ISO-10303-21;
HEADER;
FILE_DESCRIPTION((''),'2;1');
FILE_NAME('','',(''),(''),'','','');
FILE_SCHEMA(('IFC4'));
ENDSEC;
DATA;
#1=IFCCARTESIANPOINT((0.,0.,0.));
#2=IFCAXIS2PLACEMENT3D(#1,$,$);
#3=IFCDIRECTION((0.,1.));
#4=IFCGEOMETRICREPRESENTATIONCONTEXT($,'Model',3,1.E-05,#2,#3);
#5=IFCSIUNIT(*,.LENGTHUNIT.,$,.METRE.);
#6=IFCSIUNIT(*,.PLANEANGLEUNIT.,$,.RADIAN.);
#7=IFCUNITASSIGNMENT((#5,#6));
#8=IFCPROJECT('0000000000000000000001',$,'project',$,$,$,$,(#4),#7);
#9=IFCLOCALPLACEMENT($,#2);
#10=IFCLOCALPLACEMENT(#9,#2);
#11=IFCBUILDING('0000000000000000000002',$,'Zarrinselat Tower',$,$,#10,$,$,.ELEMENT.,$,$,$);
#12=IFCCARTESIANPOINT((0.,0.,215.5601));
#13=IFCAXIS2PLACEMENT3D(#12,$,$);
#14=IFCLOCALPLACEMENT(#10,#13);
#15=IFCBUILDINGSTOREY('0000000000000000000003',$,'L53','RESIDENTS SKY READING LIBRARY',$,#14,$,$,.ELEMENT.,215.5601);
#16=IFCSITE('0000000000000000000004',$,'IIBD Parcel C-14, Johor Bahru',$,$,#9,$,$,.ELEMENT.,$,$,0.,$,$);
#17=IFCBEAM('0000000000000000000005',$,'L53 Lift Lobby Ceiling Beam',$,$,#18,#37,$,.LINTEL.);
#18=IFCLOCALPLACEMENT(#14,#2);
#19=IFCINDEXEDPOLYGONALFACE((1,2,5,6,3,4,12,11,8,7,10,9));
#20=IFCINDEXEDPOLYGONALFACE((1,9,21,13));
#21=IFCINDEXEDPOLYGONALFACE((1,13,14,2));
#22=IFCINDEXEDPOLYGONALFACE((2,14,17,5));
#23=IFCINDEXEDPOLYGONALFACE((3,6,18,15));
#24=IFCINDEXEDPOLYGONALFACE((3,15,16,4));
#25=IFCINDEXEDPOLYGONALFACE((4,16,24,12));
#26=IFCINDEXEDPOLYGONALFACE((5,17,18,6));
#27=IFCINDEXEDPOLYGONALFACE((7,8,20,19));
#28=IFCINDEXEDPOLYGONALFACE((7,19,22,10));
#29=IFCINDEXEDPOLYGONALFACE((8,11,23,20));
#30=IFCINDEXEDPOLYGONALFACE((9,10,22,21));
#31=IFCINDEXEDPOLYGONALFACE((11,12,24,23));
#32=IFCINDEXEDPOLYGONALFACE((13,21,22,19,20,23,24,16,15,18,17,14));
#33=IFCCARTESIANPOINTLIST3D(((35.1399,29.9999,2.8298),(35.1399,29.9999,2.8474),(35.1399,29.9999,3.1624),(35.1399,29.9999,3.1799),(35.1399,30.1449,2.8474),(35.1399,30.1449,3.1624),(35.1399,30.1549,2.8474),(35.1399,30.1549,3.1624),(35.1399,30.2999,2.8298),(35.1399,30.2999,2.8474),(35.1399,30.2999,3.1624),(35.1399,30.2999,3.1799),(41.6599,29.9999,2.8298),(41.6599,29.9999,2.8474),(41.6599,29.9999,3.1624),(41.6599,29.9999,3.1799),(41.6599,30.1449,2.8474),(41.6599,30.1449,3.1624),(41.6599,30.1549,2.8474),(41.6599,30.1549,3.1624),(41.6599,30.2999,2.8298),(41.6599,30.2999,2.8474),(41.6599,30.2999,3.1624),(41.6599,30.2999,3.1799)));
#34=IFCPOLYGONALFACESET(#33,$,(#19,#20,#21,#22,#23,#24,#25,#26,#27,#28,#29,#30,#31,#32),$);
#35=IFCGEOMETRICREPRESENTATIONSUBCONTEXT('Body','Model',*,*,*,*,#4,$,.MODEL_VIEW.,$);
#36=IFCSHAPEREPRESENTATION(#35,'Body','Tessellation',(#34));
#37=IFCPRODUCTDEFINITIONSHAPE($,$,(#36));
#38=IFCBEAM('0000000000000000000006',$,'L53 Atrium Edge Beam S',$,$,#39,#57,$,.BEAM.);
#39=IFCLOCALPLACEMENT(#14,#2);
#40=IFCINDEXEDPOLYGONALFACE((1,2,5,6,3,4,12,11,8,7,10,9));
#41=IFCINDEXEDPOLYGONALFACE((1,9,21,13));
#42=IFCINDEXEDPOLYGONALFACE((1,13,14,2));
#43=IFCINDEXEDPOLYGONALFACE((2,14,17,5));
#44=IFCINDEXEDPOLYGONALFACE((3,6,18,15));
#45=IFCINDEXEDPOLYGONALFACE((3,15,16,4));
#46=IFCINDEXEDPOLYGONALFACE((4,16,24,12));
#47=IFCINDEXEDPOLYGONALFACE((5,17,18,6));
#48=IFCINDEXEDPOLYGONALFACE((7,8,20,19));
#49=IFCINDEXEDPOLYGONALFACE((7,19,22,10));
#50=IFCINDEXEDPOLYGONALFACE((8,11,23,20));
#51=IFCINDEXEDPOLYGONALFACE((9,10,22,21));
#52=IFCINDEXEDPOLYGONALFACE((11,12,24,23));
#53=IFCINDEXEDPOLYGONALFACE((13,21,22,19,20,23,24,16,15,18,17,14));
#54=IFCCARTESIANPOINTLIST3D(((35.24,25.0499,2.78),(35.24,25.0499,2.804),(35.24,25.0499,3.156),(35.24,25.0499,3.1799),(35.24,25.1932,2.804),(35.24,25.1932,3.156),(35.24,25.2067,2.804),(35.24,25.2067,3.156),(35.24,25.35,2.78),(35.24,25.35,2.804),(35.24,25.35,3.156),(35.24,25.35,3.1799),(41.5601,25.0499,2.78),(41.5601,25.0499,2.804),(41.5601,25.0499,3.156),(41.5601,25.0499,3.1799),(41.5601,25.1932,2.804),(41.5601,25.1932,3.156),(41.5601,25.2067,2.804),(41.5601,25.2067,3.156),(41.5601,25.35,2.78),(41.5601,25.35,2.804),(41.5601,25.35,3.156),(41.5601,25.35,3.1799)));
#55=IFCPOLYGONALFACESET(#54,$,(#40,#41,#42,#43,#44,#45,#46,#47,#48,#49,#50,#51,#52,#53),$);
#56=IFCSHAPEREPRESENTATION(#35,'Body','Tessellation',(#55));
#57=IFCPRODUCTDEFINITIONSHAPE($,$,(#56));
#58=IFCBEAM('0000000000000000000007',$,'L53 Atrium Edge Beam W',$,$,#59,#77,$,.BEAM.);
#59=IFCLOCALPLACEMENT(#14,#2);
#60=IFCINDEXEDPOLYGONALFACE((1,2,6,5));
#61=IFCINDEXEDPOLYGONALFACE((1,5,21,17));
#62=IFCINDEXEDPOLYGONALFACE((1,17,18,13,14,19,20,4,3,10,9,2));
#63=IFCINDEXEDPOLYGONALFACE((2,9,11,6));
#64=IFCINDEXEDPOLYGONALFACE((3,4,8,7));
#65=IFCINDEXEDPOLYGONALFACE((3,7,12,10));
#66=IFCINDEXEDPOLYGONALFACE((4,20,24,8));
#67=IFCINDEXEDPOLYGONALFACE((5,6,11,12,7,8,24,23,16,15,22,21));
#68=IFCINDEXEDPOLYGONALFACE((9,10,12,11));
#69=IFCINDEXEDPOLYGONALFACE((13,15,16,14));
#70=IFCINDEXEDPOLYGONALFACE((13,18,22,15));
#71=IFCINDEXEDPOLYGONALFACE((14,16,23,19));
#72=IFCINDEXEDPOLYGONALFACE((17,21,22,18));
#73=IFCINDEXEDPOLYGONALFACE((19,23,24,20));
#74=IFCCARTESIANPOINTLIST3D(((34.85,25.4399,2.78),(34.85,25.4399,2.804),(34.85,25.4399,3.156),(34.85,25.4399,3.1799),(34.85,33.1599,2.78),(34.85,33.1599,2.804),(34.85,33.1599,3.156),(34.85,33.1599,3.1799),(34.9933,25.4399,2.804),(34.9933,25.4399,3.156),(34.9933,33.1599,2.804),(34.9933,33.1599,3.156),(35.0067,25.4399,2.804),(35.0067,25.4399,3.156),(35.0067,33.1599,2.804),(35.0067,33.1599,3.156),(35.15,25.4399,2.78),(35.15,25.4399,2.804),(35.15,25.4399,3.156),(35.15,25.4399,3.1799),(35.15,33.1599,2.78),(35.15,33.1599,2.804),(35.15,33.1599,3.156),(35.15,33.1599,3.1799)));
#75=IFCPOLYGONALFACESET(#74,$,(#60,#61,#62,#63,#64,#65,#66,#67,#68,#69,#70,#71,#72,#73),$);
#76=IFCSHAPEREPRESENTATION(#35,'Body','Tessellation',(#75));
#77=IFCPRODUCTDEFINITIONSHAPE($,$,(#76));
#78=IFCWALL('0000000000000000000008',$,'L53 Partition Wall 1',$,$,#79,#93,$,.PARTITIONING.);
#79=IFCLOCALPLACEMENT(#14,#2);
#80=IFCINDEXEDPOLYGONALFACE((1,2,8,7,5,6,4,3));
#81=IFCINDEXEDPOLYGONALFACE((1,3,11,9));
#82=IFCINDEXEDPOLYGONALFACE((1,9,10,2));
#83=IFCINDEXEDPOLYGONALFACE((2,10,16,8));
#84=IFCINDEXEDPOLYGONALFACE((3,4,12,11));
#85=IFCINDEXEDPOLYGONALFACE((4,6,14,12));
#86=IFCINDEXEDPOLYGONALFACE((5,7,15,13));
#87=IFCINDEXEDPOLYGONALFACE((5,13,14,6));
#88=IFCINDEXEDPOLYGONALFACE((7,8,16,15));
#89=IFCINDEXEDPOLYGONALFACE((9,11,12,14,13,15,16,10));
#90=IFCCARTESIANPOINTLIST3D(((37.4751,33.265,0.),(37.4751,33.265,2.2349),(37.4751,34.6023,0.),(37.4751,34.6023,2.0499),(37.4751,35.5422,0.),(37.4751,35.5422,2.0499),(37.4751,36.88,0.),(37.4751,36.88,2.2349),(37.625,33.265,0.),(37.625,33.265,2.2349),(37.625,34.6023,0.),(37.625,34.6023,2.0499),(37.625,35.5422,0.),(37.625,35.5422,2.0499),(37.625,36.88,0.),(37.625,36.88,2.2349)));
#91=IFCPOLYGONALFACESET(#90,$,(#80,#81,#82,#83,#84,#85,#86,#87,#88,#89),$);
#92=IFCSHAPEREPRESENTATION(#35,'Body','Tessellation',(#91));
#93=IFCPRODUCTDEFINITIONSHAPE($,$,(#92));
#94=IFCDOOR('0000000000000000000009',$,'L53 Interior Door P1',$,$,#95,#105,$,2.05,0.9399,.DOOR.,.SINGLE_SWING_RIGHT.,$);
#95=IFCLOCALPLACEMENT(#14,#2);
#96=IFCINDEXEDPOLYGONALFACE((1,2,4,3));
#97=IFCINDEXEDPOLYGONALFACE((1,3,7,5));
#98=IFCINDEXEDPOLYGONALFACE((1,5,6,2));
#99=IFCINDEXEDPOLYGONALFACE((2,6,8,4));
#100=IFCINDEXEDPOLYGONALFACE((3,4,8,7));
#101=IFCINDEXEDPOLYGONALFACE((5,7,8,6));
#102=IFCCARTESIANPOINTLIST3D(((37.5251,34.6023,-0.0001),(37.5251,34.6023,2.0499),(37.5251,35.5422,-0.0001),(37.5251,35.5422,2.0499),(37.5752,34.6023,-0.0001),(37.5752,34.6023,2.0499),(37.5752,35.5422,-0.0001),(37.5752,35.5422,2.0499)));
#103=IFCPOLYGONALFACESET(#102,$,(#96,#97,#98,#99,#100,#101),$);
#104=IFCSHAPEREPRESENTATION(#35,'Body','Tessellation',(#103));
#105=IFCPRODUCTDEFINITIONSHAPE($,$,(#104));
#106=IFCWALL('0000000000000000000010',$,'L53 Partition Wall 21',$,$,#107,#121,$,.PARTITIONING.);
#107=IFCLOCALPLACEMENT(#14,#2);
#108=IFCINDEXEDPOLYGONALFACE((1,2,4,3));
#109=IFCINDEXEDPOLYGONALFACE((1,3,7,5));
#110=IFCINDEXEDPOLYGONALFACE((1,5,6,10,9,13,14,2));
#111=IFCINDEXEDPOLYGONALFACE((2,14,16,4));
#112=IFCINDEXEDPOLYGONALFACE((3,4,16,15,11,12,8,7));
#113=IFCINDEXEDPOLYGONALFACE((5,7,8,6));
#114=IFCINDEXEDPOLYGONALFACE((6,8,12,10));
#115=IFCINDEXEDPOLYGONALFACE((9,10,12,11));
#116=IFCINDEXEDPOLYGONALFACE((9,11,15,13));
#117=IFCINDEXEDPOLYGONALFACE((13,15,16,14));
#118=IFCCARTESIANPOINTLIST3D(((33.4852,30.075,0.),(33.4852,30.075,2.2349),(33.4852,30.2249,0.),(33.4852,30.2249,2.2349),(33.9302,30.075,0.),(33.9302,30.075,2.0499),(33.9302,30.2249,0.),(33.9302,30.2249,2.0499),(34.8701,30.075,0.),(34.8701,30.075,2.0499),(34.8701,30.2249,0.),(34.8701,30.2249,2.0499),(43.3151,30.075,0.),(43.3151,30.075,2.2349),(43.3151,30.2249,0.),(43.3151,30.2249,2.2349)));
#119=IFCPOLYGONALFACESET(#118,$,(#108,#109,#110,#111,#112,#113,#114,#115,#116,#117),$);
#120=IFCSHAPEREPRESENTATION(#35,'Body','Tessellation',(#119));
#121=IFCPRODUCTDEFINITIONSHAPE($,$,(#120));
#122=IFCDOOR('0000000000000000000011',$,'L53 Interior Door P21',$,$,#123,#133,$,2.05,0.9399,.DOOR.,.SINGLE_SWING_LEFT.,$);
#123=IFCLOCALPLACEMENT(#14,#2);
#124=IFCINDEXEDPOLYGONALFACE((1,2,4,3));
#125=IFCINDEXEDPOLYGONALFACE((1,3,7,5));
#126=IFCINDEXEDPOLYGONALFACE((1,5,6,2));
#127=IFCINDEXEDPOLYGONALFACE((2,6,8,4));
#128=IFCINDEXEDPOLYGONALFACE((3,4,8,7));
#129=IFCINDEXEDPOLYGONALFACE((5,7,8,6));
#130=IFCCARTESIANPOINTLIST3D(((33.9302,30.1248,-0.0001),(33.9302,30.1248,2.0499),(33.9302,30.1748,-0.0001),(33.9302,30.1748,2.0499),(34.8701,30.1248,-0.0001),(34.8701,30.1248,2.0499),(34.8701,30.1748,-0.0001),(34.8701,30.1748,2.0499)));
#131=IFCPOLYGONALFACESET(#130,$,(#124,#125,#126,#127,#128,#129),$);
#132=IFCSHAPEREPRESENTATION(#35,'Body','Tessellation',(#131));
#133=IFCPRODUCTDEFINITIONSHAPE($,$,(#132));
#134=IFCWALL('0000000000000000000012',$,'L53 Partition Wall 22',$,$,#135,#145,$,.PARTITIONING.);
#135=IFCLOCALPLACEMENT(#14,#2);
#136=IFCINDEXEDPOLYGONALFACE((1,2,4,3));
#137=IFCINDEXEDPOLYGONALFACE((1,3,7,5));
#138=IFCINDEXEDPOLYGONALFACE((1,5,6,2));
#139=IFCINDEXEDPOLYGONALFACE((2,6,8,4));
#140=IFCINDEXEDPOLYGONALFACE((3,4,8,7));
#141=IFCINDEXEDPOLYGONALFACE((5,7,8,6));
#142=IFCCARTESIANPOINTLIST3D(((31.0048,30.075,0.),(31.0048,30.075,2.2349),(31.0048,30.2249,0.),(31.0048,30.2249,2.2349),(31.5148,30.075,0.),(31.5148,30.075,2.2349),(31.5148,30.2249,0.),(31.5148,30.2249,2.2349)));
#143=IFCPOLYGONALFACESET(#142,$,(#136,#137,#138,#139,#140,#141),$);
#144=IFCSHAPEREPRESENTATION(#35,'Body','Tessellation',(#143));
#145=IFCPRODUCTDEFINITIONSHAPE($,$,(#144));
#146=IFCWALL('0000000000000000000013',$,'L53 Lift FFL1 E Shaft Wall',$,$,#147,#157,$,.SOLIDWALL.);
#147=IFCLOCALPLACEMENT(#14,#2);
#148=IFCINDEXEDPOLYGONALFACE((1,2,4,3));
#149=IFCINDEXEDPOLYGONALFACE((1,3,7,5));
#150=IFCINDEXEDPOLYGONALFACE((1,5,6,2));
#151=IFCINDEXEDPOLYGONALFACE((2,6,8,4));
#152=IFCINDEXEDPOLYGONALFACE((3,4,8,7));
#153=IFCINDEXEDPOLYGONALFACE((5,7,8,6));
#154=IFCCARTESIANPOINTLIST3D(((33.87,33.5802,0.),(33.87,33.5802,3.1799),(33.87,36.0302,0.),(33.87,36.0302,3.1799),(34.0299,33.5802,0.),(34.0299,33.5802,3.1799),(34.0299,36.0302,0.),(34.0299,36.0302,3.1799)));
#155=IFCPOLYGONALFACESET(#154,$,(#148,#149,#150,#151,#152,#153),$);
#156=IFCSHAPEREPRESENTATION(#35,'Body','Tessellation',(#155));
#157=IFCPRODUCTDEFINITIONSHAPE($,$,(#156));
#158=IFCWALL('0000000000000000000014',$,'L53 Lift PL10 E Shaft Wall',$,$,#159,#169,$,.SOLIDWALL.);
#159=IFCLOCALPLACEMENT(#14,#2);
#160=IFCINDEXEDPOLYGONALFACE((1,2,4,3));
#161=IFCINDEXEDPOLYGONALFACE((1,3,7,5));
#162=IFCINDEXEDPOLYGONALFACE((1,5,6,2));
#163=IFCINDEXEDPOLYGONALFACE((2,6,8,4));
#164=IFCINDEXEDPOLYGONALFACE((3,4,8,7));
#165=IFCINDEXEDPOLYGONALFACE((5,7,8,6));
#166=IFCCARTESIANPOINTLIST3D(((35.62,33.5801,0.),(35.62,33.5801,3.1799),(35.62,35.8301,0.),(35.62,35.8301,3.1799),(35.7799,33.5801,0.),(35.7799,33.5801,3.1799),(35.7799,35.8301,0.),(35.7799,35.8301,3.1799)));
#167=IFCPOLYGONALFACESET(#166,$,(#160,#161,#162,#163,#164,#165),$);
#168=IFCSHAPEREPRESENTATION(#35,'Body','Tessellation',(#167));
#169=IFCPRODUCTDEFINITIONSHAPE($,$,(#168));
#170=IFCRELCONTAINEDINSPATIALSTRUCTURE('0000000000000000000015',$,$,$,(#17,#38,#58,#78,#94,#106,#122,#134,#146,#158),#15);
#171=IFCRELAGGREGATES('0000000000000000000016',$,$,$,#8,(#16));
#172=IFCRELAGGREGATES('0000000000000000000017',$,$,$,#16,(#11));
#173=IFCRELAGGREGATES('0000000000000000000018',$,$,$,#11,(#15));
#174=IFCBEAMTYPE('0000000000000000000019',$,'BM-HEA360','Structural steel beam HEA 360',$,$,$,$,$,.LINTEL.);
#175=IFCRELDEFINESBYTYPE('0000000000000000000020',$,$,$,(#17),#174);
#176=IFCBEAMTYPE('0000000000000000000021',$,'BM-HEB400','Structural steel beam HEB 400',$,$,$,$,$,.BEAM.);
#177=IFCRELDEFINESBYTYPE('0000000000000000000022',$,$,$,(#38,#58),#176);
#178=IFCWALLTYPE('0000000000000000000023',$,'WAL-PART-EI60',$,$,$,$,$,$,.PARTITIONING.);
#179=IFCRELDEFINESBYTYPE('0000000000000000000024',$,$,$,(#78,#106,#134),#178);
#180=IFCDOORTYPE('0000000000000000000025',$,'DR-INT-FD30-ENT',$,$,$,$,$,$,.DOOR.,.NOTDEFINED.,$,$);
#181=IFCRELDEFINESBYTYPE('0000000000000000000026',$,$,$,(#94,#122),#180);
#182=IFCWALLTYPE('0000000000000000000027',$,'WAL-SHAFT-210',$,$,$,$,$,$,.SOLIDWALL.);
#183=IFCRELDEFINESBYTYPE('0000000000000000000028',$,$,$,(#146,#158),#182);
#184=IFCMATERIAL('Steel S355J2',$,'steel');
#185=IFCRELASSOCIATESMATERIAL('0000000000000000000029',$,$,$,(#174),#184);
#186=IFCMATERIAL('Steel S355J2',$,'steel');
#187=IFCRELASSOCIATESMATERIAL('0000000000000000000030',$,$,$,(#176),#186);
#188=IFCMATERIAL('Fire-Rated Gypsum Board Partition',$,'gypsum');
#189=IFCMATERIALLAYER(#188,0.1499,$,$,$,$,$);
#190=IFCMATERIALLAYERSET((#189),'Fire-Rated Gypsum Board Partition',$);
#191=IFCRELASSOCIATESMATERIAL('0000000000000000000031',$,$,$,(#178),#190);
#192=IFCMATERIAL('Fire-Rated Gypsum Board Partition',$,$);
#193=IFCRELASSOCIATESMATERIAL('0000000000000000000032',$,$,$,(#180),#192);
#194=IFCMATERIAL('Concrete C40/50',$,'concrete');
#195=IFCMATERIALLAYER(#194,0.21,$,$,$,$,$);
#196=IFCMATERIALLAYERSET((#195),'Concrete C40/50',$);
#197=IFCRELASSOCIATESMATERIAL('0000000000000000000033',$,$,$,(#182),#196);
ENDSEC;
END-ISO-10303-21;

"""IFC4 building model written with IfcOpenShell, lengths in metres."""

from ifc_helpers import new_model, si_unit, direction, frame, frame_2d, origin, origin_2d, place, context, subcontext, project, spatial, rectangle, i_section, extrude, material, layer, layer_set, material_profile, profile_set, type_object, element, fill, save


model = new_model("IFC4")

# Units and contexts
model_context = context("Model", 3, precision=1e-05, world=origin(), true_north=direction((0.0, 1.0)))
body_context = subcontext(model_context, "Body", "Model", "MODEL_VIEW")
ifc_project = project(units=[si_unit("LENGTHUNIT", "METRE"), si_unit("PLANEANGLEUNIT", "RADIAN")], contexts=[model_context])

# Site, building, storey
site_placement = place(None, origin())
site = spatial("IfcSite", under=ifc_project, at=site_placement, Name="IIBD Parcel C-14, Johor Bahru", CompositionType="ELEMENT", RefElevation=0.0)
building_placement = place(site_placement, origin())
building = spatial("IfcBuilding", under=site, at=building_placement, Name="Zarrinselat Tower", CompositionType="ELEMENT")
storey_placement = place(building_placement, frame((0.0, 0.0, 215.5601)))
storey = spatial("IfcBuildingStorey", under=building, at=storey_placement, Name="L53", Description="RESIDENTS SKY READING LIBRARY", CompositionType="ELEMENT", Elevation=215.5601)

# Beams
ifc_material_1 = material(Name="Steel S355J2", Category="steel")
ifc_material_profile_1 = material_profile(ifc_material_1, i_section(OverallWidth=0.3, OverallDepth=0.3501, WebThickness=0.01, FlangeThickness=0.0176, at=origin_2d()), Name="HEA 360")
ifc_profile_set_1 = profile_set([ifc_material_profile_1], Name="Steel S355J2")
beam_type_1 = type_object("IfcBeamType", Name="BM-HEA360", Description="Structural steel beam HEA 360", PredefinedType="LINTEL", material=ifc_profile_set_1)
beam_1_placement = place(storey_placement, frame((35.1399, 30.1499, 3.0049), z_axis=(1.0, 0.0, 0.0), x_axis=(0.0, 1.0, 0.0)))
element("IfcBeam", 1, at=beam_1_placement, inside=storey, type_object=beam_type_1, Name="L53 Lift Lobby Ceiling Beam", PredefinedType="LINTEL", context=body_context, shape_type="SweptSolid", body=[
    extrude(i_section(OverallWidth=0.3, OverallDepth=0.3501, WebThickness=0.01, FlangeThickness=0.0176, at=origin_2d()), origin(), (0.0, 0.0, 1.0), 6.52),
])
ifc_material_2 = material(Name="Steel S355J2", Category="steel")
ifc_material_profile_2 = material_profile(ifc_material_2, i_section(OverallWidth=0.3, OverallDepth=0.3999, WebThickness=0.0134, FlangeThickness=0.0239, at=origin_2d()), Name="HEB 400")
ifc_profile_set_2 = profile_set([ifc_material_profile_2], Name="Steel S355J2")
beam_type_2 = type_object("IfcBeamType", Name="BM-HEB400", Description="Structural steel beam HEB 400", PredefinedType="BEAM", material=ifc_profile_set_2)
beam_2_placement = place(storey_placement, frame((35.24, 25.2, 2.98), z_axis=(1.0, 0.0, 0.0), x_axis=(0.0, 1.0, 0.0)))
element("IfcBeam", 2, at=beam_2_placement, inside=storey, type_object=beam_type_2, Name="L53 Atrium Edge Beam S", PredefinedType="BEAM", context=body_context, shape_type="SweptSolid", body=[
    extrude(i_section(OverallWidth=0.3, OverallDepth=0.3999, WebThickness=0.0134, FlangeThickness=0.0239, at=origin_2d()), origin(), (0.0, 0.0, 1.0), 6.3201),
])
beam_3_placement = place(storey_placement, frame((35.0, 25.4399, 2.98), z_axis=(0.0, 1.0, 0.0), x_axis=(-1.0, 0.0, 0.0)))
element("IfcBeam", 3, at=beam_3_placement, inside=storey, type_object=beam_type_2, Name="L53 Atrium Edge Beam W", PredefinedType="BEAM", context=body_context, shape_type="SweptSolid", body=[
    extrude(i_section(OverallWidth=0.3, OverallDepth=0.3999, WebThickness=0.0134, FlangeThickness=0.0239, at=origin_2d()), origin(), (0.0, 0.0, 1.0), 7.72),
])

# Walls, openings, doors
ifc_material_3 = material(Name="Fire-Rated Gypsum Board Partition", Category="gypsum")
ifc_layer_1 = layer(ifc_material_3, 0.1499)
ifc_layer_set_1 = layer_set([ifc_layer_1], Name="Fire-Rated Gypsum Board Partition")
wall_type_1 = type_object("IfcWallType", Name="WAL-PART-EI60", PredefinedType="PARTITIONING", material=ifc_layer_set_1)
wall_1_placement = place(storey_placement, frame((37.55, 33.2649, 0.0), z_axis=(0.0, 0.0, 1.0), x_axis=(0.0, 1.0, 0.0)))
wall_1 = element("IfcWall", 4, at=wall_1_placement, inside=storey, type_object=wall_type_1, Name="L53 Partition Wall 1", PredefinedType="PARTITIONING", context=body_context, shape_type="SweptSolid", body=[
    extrude(rectangle(XDim=3.615, YDim=0.1499, at=frame_2d((1.8076, 0.0))), origin(), (0.0, 0.0, 1.0), 2.2349),
])
opening_1_placement = place(wall_1_placement, frame((1.3374, 0.0, 0.0)))
opening_1 = element("IfcOpeningElement", 5, at=opening_1_placement, cuts=wall_1, PredefinedType="OPENING", context=body_context, shape_type="SweptSolid", body=[
    extrude(rectangle(XDim=0.9399, YDim=2.05, at=frame_2d((0.47, 1.0249))), frame((0.0, 0.085, 0.0), z_axis=(0.0, -1.0, 0.0), x_axis=(1.0, 0.0, 0.0)), (0.0, 0.0, 1.0), 0.1699),
])
ifc_material_4 = material(Name="Fire-Rated Gypsum Board Partition")
door_type = type_object("IfcDoorType", Name="DR-INT-FD30-ENT", OperationType="NOTDEFINED", PredefinedType="DOOR", material=ifc_material_4)
door_1_placement = place(opening_1_placement, origin())
door_1 = element("IfcDoor", 6, at=door_1_placement, inside=storey, type_object=door_type, Name="L53 Interior Door P1", OperationType="SINGLE_SWING_RIGHT", OverallHeight=2.05, OverallWidth=0.9399, PredefinedType="DOOR", context=body_context, shape_type="SweptSolid", body=[
    extrude(rectangle(XDim=0.9399, YDim=2.05, at=frame_2d((0.47, 1.0249))), frame((0.0, 0.0249, 0.0), z_axis=(0.0, -1.0, 0.0), x_axis=(1.0, 0.0, 0.0)), (0.0, 0.0, 1.0), 0.05),
])
fill(opening_1, door_1)
wall_2_placement = place(storey_placement, frame((33.4851, 30.1499, 0.0), z_axis=(0.0, 0.0, 1.0), x_axis=(1.0, 0.0, 0.0)))
wall_2 = element("IfcWall", 7, at=wall_2_placement, inside=storey, type_object=wall_type_1, Name="L53 Partition Wall 21", PredefinedType="PARTITIONING", context=body_context, shape_type="SweptSolid", body=[
    extrude(rectangle(XDim=9.8298, YDim=0.1499, at=frame_2d((4.915, 0.0))), origin(), (0.0, 0.0, 1.0), 2.2349),
])
opening_2_placement = place(wall_2_placement, frame((0.4451, 0.0, 0.0)))
opening_2 = element("IfcOpeningElement", 8, at=opening_2_placement, cuts=wall_2, PredefinedType="OPENING", context=body_context, shape_type="SweptSolid", body=[
    extrude(rectangle(XDim=0.9399, YDim=2.05, at=frame_2d((0.47, 1.0249))), frame((0.0, 0.085, 0.0), z_axis=(0.0, -1.0, 0.0), x_axis=(1.0, 0.0, 0.0)), (0.0, 0.0, 1.0), 0.1699),
])
door_2_placement = place(opening_2_placement, origin())
door_2 = element("IfcDoor", 9, at=door_2_placement, inside=storey, type_object=door_type, Name="L53 Interior Door P21", OperationType="SINGLE_SWING_LEFT", OverallHeight=2.05, OverallWidth=0.9399, PredefinedType="DOOR", context=body_context, shape_type="SweptSolid", body=[
    extrude(rectangle(XDim=0.9399, YDim=2.05, at=frame_2d((0.47, 1.0249))), frame((0.0, 0.0249, 0.0), z_axis=(0.0, -1.0, 0.0), x_axis=(1.0, 0.0, 0.0)), (0.0, 0.0, 1.0), 0.05),
])
fill(opening_2, door_2)

# Walls
wall_3_placement = place(storey_placement, frame((31.0049, 30.1499, 0.0), z_axis=(0.0, 0.0, 1.0), x_axis=(1.0, 0.0, 0.0)))
element("IfcWall", 10, at=wall_3_placement, inside=storey, type_object=wall_type_1, Name="L53 Partition Wall 22", PredefinedType="PARTITIONING", context=body_context, shape_type="SweptSolid", body=[
    extrude(rectangle(XDim=0.51, YDim=0.1499, at=frame_2d((0.2549, 0.0))), origin(), (0.0, 0.0, 1.0), 2.2349),
])
ifc_material_5 = material(Name="Concrete C40/50", Category="concrete")
ifc_layer_2 = layer(ifc_material_5, 0.21)
ifc_layer_set_2 = layer_set([ifc_layer_2], Name="Concrete C40/50")
wall_type_2 = type_object("IfcWallType", Name="WAL-SHAFT-210", PredefinedType="SOLIDWALL", material=ifc_layer_set_2)
wall_4_placement = place(storey_placement, frame((33.95, 33.5801, 0.0), z_axis=(0.0, 0.0, 1.0), x_axis=(0.0, 1.0, 0.0)))
element("IfcWall", 11, at=wall_4_placement, inside=storey, type_object=wall_type_2, Name="L53 Lift FFL1 E Shaft Wall", PredefinedType="SOLIDWALL", context=body_context, shape_type="SweptSolid", body=[
    extrude(rectangle(XDim=2.45, YDim=0.1599, at=frame_2d((1.2251, 0.0))), origin(), (0.0, 0.0, 1.0), 3.1799),
])
wall_5_placement = place(storey_placement, frame((35.7, 33.5801, 0.0), z_axis=(0.0, 0.0, 1.0), x_axis=(0.0, 1.0, 0.0)))
element("IfcWall", 12, at=wall_5_placement, inside=storey, type_object=wall_type_2, Name="L53 Lift PL10 E Shaft Wall", PredefinedType="SOLIDWALL", context=body_context, shape_type="SweptSolid", body=[
    extrude(rectangle(XDim=2.25, YDim=0.1599, at=frame_2d((1.125, 0.0))), origin(), (0.0, 0.0, 1.0), 3.1799),
])

save(model, "model.ifc")
